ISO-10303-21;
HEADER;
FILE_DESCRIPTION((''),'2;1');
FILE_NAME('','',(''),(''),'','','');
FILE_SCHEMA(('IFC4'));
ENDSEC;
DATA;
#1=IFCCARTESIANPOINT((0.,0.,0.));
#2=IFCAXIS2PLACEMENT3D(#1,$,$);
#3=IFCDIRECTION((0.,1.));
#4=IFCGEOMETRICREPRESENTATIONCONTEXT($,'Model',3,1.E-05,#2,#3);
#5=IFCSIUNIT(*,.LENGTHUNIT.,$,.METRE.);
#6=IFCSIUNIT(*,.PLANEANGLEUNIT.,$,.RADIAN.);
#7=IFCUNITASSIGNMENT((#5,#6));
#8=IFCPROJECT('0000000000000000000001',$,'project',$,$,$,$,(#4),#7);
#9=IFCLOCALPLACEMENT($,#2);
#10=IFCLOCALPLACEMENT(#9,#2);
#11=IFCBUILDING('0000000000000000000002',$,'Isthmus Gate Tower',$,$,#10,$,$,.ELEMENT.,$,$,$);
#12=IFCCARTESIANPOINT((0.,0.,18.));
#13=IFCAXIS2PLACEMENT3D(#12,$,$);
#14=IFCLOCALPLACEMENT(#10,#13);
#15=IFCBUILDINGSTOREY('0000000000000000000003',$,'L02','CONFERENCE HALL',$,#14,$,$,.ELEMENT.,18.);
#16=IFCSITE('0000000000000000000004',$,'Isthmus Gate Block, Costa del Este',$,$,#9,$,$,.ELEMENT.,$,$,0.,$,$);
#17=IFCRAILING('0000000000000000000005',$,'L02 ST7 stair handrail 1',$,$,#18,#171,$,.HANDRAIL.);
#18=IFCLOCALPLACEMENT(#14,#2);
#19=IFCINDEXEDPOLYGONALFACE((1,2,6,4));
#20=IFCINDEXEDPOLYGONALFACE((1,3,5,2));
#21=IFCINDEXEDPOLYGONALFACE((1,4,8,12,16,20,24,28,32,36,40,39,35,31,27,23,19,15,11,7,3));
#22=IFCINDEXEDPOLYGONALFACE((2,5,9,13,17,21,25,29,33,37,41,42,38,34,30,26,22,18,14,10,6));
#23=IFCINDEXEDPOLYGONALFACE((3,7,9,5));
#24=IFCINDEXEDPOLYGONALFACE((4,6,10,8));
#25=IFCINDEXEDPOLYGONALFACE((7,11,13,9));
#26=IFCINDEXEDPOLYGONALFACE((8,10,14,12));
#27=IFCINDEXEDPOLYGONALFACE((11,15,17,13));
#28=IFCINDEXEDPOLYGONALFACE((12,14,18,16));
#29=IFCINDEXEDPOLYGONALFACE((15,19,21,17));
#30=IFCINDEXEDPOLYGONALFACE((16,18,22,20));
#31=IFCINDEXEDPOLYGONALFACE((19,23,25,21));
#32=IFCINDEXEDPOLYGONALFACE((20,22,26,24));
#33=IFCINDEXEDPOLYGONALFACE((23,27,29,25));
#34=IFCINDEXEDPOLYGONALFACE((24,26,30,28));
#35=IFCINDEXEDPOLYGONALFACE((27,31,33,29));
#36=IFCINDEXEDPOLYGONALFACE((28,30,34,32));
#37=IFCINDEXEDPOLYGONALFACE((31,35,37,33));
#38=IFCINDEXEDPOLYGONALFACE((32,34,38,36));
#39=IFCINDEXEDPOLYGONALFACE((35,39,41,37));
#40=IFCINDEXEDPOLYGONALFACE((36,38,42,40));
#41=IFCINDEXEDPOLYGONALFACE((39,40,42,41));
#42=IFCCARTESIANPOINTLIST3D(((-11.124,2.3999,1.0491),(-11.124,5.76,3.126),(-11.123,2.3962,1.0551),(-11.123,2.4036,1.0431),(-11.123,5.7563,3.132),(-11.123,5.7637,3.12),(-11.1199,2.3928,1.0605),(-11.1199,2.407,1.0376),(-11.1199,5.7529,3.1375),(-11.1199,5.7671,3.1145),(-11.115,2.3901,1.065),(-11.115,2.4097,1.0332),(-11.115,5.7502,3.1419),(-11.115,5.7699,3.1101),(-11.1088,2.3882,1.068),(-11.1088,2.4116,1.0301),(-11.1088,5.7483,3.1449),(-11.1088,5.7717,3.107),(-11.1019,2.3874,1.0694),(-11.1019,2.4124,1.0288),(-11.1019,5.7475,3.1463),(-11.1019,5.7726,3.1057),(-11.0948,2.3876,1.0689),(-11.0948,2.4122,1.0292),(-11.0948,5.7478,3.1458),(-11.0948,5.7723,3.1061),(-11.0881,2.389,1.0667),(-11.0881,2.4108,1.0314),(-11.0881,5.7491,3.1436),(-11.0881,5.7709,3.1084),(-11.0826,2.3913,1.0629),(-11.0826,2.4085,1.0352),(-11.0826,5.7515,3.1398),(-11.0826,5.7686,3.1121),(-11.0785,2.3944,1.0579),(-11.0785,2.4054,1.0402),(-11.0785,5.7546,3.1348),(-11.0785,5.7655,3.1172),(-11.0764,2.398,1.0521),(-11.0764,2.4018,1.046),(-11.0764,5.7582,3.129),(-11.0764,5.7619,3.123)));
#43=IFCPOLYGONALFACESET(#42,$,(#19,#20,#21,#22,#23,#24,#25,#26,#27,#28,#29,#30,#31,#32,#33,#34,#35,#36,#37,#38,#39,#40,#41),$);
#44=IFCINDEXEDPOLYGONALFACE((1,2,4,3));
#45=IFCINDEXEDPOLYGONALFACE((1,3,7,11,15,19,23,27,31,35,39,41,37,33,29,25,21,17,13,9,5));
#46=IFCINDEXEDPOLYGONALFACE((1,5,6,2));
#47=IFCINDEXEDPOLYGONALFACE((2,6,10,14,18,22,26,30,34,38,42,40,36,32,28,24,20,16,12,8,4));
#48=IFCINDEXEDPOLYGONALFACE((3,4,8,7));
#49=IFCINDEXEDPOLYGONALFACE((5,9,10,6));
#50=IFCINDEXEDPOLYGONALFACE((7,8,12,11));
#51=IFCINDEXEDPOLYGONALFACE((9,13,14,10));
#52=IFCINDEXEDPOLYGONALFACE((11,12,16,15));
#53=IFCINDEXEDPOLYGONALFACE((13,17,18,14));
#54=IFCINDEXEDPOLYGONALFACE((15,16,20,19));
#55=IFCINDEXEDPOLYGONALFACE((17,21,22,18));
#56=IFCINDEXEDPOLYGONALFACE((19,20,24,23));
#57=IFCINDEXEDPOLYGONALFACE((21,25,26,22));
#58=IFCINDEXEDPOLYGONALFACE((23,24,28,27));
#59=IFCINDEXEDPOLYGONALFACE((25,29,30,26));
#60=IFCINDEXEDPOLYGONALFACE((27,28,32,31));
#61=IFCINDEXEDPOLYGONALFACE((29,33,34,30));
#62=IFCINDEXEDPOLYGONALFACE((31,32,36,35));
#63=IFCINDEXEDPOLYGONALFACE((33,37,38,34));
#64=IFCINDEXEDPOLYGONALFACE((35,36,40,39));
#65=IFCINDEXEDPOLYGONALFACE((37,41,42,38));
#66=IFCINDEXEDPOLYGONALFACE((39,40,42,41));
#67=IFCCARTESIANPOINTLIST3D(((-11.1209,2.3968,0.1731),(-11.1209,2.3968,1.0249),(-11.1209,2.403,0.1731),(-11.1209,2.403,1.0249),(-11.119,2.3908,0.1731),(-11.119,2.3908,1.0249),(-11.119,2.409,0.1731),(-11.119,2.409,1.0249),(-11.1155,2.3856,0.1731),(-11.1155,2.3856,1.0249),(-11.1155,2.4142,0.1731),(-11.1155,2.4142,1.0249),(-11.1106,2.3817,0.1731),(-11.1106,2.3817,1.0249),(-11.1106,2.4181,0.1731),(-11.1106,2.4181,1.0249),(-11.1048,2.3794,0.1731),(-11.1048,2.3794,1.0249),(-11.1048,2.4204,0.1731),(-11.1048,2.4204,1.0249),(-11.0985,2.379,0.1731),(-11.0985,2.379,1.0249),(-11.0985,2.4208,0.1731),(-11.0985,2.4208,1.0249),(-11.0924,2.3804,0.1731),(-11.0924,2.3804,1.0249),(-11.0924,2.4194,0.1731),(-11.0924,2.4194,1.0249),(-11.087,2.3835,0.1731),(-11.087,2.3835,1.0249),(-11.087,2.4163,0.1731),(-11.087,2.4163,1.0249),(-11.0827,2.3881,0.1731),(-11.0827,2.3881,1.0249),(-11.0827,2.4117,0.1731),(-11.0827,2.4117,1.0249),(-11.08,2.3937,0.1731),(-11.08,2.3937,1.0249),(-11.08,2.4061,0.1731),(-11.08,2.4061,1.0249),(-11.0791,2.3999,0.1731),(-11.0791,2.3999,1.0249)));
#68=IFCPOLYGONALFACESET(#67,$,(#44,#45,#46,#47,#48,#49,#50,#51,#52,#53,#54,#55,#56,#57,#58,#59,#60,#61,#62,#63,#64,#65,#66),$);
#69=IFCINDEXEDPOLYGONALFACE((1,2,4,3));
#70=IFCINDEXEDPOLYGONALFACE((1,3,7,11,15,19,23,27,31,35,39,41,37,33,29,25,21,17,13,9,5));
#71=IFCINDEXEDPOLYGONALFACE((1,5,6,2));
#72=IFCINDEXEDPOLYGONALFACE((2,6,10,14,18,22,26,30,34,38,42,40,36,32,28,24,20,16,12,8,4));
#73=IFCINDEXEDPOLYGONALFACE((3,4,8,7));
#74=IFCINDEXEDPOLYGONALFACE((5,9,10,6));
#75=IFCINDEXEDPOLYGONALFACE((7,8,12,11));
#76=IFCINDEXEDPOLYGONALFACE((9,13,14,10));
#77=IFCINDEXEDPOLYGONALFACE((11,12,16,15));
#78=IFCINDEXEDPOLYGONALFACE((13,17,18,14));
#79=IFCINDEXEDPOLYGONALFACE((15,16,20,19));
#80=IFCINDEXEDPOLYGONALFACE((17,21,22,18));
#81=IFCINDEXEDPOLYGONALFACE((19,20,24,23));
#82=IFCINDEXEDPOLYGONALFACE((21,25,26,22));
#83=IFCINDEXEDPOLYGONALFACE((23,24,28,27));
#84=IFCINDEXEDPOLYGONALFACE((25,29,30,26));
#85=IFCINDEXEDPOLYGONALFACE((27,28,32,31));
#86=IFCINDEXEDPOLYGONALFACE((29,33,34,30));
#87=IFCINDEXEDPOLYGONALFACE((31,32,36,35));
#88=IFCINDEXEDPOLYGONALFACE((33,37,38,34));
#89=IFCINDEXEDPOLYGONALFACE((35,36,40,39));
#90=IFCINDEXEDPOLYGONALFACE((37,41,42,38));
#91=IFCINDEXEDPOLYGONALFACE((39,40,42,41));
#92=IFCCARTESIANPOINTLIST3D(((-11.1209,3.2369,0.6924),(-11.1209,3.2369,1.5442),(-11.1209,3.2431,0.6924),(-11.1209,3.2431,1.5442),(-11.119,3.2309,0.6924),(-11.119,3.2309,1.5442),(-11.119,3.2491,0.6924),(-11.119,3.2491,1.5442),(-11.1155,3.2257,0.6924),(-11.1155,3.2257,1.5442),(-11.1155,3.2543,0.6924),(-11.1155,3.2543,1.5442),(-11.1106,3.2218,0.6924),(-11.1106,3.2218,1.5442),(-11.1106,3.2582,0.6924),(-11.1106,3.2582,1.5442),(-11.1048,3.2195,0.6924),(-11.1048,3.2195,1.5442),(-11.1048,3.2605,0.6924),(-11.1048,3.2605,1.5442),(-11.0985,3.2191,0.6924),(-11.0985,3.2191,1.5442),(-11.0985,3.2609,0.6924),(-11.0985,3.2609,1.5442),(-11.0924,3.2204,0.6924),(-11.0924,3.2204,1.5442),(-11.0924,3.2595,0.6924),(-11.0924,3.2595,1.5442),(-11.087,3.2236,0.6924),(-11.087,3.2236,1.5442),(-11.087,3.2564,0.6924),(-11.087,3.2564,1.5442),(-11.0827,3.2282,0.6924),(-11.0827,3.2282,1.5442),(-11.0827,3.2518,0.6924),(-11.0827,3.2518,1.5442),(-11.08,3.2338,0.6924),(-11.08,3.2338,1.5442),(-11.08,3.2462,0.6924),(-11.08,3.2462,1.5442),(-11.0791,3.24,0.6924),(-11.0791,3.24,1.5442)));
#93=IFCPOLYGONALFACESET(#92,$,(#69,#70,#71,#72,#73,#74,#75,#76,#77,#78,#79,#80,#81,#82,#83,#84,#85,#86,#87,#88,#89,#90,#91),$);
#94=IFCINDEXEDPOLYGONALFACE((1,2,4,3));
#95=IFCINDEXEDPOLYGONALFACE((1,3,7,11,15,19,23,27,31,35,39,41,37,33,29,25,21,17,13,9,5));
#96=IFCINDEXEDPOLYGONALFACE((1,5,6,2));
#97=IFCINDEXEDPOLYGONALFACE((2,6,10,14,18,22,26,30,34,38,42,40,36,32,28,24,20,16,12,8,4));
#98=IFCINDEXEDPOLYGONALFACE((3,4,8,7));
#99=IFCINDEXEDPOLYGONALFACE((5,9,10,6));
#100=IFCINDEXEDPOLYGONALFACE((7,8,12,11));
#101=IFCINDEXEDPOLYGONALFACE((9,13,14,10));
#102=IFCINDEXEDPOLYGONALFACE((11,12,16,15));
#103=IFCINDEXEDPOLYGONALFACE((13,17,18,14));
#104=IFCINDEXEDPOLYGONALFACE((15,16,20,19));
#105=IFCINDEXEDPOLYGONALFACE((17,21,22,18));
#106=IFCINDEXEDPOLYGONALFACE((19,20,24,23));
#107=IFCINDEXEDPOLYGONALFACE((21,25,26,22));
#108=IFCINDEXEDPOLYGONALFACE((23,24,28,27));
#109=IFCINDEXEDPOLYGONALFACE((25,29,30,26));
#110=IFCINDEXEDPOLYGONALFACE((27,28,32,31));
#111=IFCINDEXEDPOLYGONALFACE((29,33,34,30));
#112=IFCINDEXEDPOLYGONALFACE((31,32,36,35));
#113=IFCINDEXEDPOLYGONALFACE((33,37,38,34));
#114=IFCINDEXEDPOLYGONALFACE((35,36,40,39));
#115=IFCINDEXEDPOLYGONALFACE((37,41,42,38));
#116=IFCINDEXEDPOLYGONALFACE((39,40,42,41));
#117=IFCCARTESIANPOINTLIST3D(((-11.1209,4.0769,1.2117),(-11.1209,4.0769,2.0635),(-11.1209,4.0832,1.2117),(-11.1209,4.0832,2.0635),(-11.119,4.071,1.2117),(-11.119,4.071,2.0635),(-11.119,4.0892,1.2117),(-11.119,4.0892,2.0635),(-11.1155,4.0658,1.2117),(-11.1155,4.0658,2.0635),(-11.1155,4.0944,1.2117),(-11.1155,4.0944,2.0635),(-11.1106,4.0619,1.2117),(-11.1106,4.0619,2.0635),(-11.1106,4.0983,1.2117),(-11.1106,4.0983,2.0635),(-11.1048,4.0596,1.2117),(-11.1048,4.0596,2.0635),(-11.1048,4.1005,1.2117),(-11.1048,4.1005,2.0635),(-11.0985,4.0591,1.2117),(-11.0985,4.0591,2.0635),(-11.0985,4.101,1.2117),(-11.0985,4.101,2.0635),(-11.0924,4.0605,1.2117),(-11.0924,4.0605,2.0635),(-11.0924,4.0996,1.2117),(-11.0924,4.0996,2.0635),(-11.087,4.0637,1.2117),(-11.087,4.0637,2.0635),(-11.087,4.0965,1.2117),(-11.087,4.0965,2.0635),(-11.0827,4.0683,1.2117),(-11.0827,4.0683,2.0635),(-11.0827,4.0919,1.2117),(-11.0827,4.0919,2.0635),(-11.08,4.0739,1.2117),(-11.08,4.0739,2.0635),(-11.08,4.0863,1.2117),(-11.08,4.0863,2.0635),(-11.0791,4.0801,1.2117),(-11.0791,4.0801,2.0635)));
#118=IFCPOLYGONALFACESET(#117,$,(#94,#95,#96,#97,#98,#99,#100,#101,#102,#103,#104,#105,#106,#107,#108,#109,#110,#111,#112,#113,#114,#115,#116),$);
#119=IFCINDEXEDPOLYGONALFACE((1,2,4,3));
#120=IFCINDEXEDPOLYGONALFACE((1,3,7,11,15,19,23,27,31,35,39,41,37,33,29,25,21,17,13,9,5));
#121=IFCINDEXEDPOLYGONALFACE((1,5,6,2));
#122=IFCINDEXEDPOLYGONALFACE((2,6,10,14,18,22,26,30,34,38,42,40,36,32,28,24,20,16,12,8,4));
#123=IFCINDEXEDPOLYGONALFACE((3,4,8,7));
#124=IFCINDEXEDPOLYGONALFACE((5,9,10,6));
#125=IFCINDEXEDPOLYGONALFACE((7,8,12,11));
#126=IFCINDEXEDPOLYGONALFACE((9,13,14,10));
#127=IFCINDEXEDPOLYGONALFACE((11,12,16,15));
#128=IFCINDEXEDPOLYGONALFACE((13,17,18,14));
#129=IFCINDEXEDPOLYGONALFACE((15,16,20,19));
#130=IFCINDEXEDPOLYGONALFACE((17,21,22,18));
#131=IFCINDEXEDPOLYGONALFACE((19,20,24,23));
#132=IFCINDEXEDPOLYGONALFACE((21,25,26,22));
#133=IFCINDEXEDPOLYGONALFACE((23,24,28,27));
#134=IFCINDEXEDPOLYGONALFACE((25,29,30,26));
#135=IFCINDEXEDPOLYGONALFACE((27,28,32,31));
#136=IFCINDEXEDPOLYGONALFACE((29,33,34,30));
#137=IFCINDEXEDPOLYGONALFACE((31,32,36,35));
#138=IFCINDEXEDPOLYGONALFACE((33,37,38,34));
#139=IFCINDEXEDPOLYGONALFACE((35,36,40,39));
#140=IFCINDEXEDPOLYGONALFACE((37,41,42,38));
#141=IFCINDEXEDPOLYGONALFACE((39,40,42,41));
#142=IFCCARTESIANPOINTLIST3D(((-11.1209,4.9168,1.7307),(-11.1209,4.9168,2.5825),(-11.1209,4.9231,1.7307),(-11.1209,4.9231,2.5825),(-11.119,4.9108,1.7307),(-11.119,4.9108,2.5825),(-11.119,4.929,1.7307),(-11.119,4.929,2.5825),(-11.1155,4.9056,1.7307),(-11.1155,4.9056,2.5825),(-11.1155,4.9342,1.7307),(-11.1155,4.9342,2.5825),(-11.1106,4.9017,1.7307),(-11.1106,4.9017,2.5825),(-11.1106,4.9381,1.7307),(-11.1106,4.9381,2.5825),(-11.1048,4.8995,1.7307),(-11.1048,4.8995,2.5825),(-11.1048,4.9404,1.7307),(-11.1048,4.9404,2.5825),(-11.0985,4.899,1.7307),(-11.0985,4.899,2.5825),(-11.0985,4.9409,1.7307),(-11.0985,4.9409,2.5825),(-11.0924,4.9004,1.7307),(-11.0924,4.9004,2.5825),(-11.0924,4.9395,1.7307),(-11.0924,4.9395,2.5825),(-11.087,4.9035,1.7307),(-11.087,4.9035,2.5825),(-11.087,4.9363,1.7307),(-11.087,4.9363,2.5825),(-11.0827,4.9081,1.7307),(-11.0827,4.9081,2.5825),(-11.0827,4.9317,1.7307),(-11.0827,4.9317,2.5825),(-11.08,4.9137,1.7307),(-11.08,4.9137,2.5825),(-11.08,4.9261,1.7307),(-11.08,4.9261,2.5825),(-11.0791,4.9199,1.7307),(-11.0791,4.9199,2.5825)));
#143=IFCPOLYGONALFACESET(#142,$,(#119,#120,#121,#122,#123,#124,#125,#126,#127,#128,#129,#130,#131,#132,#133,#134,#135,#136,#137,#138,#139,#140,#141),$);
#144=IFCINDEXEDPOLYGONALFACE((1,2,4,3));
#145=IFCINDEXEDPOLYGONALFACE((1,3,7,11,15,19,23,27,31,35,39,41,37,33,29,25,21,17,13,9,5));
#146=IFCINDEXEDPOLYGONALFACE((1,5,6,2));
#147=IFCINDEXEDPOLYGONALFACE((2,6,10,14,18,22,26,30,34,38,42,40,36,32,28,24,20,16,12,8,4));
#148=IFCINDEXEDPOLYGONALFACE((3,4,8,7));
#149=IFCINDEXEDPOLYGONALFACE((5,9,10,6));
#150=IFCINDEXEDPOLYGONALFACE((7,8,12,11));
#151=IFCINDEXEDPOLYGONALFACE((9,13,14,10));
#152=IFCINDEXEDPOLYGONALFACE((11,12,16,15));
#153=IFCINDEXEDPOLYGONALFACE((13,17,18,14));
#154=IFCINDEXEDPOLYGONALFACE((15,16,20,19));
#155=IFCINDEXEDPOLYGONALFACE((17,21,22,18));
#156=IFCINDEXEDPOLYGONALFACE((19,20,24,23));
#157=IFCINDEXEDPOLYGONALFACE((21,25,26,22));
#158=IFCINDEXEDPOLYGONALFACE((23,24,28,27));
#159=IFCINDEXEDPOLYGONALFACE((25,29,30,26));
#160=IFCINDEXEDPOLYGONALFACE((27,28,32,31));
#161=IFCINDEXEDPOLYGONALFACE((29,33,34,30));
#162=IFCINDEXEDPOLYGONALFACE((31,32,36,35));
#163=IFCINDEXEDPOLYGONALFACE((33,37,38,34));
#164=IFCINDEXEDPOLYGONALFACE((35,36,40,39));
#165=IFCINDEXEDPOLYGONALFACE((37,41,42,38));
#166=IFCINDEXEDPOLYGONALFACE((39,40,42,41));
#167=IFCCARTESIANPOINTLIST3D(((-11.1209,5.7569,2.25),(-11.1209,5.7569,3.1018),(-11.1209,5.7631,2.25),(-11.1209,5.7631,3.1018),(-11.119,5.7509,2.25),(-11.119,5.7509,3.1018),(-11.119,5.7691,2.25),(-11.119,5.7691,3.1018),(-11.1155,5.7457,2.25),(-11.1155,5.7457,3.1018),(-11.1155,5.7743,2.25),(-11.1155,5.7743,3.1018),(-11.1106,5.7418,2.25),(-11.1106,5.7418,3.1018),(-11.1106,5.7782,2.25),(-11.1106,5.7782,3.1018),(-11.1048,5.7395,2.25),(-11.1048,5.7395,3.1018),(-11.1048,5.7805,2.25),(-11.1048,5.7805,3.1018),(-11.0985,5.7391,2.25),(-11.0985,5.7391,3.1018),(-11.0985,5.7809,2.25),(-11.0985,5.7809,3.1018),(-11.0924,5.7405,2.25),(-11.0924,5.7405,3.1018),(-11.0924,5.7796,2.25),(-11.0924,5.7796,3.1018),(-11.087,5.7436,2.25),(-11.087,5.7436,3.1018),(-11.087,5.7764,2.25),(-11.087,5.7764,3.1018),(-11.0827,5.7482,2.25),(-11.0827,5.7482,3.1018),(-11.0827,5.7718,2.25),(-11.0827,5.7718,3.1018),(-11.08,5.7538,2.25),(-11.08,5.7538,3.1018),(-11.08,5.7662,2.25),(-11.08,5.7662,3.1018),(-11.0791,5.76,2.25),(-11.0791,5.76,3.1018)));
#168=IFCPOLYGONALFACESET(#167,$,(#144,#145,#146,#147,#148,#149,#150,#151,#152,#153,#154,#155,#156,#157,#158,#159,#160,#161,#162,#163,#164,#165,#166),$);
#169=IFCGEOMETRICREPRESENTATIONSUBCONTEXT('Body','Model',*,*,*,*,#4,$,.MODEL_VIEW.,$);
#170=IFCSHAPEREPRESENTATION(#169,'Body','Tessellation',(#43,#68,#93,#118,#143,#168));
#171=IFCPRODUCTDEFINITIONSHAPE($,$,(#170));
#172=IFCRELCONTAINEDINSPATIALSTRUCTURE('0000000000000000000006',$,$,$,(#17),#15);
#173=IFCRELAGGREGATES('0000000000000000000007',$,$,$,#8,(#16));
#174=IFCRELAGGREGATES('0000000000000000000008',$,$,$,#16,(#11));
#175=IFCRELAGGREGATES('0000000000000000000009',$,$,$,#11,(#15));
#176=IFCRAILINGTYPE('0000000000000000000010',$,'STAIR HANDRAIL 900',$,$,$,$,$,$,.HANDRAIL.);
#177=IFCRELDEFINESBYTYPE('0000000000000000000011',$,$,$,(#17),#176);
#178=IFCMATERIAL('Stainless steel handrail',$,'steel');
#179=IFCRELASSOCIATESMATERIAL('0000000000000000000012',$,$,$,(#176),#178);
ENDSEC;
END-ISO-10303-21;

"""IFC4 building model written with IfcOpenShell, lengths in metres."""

from ifc_helpers import new_model, si_unit, direction, frame, origin, origin_2d, place, context, subcontext, project, spatial, circle, extrude, material, type_object, element, save


model = new_model("IFC4")

# Units and contexts
model_context = context("Model", 3, precision=1e-05, world=origin(), true_north=direction((0.0, 1.0)))
body_context = subcontext(model_context, "Body", "Model", "MODEL_VIEW")
ifc_project = project(units=[si_unit("LENGTHUNIT", "METRE"), si_unit("PLANEANGLEUNIT", "RADIAN")], contexts=[model_context])

# Site, building, storey
site_placement = place(None, origin())
site = spatial("IfcSite", under=ifc_project, at=site_placement, Name="Isthmus Gate Block, Costa del Este", CompositionType="ELEMENT", RefElevation=0.0)
building_placement = place(site_placement, origin())
building = spatial("IfcBuilding", under=site, at=building_placement, Name="Isthmus Gate Tower", CompositionType="ELEMENT")
storey_placement = place(building_placement, frame((0.0, 0.0, 18.0)))
storey = spatial("IfcBuildingStorey", under=building, at=storey_placement, Name="L02", Description="CONFERENCE HALL", CompositionType="ELEMENT", Elevation=18.0)

# Railing
ifc_material_1 = material(Name="Stainless steel handrail", Category="steel")
railing_type_1 = type_object("IfcRailingType", Name="STAIR HANDRAIL 900", PredefinedType="HANDRAIL", material=ifc_material_1)
railing_1_placement = place(storey_placement, frame((-11.1001, 2.3999, 0.1731)))
element("IfcRailing", 1, at=railing_1_placement, inside=storey, type_object=railing_type_1, Name="L02 ST7 stair handrail 1", PredefinedType="HANDRAIL", context=body_context, shape_type="SweptSolid", body=[
    extrude(circle(Radius=0.0239, at=origin_2d()), frame((0.0, 0.0, 0.876), z_axis=(0.0, 0.850623, 0.525776), x_axis=(-1.0, 0.0, 0.0)), (0.0, 0.0, 1.0), 3.9502),
    extrude(circle(Radius=0.021, at=origin_2d()), origin(), (0.0, 0.0, 1.0), 0.8518),
    extrude(circle(Radius=0.021, at=origin_2d()), frame((0.0, 0.8401, 0.5193)), (0.0, 0.0, 1.0), 0.8518),
    extrude(circle(Radius=0.021, at=origin_2d()), frame((0.0, 1.6802, 1.0386)), (0.0, 0.0, 1.0), 0.8518),
    extrude(circle(Radius=0.021, at=origin_2d()), frame((0.0, 2.52, 1.5576)), (0.0, 0.0, 1.0), 0.8518),
    extrude(circle(Radius=0.021, at=origin_2d()), frame((0.0, 3.3601, 2.0769)), (0.0, 0.0, 1.0), 0.8518),
])

save(model, "model.ifc")
